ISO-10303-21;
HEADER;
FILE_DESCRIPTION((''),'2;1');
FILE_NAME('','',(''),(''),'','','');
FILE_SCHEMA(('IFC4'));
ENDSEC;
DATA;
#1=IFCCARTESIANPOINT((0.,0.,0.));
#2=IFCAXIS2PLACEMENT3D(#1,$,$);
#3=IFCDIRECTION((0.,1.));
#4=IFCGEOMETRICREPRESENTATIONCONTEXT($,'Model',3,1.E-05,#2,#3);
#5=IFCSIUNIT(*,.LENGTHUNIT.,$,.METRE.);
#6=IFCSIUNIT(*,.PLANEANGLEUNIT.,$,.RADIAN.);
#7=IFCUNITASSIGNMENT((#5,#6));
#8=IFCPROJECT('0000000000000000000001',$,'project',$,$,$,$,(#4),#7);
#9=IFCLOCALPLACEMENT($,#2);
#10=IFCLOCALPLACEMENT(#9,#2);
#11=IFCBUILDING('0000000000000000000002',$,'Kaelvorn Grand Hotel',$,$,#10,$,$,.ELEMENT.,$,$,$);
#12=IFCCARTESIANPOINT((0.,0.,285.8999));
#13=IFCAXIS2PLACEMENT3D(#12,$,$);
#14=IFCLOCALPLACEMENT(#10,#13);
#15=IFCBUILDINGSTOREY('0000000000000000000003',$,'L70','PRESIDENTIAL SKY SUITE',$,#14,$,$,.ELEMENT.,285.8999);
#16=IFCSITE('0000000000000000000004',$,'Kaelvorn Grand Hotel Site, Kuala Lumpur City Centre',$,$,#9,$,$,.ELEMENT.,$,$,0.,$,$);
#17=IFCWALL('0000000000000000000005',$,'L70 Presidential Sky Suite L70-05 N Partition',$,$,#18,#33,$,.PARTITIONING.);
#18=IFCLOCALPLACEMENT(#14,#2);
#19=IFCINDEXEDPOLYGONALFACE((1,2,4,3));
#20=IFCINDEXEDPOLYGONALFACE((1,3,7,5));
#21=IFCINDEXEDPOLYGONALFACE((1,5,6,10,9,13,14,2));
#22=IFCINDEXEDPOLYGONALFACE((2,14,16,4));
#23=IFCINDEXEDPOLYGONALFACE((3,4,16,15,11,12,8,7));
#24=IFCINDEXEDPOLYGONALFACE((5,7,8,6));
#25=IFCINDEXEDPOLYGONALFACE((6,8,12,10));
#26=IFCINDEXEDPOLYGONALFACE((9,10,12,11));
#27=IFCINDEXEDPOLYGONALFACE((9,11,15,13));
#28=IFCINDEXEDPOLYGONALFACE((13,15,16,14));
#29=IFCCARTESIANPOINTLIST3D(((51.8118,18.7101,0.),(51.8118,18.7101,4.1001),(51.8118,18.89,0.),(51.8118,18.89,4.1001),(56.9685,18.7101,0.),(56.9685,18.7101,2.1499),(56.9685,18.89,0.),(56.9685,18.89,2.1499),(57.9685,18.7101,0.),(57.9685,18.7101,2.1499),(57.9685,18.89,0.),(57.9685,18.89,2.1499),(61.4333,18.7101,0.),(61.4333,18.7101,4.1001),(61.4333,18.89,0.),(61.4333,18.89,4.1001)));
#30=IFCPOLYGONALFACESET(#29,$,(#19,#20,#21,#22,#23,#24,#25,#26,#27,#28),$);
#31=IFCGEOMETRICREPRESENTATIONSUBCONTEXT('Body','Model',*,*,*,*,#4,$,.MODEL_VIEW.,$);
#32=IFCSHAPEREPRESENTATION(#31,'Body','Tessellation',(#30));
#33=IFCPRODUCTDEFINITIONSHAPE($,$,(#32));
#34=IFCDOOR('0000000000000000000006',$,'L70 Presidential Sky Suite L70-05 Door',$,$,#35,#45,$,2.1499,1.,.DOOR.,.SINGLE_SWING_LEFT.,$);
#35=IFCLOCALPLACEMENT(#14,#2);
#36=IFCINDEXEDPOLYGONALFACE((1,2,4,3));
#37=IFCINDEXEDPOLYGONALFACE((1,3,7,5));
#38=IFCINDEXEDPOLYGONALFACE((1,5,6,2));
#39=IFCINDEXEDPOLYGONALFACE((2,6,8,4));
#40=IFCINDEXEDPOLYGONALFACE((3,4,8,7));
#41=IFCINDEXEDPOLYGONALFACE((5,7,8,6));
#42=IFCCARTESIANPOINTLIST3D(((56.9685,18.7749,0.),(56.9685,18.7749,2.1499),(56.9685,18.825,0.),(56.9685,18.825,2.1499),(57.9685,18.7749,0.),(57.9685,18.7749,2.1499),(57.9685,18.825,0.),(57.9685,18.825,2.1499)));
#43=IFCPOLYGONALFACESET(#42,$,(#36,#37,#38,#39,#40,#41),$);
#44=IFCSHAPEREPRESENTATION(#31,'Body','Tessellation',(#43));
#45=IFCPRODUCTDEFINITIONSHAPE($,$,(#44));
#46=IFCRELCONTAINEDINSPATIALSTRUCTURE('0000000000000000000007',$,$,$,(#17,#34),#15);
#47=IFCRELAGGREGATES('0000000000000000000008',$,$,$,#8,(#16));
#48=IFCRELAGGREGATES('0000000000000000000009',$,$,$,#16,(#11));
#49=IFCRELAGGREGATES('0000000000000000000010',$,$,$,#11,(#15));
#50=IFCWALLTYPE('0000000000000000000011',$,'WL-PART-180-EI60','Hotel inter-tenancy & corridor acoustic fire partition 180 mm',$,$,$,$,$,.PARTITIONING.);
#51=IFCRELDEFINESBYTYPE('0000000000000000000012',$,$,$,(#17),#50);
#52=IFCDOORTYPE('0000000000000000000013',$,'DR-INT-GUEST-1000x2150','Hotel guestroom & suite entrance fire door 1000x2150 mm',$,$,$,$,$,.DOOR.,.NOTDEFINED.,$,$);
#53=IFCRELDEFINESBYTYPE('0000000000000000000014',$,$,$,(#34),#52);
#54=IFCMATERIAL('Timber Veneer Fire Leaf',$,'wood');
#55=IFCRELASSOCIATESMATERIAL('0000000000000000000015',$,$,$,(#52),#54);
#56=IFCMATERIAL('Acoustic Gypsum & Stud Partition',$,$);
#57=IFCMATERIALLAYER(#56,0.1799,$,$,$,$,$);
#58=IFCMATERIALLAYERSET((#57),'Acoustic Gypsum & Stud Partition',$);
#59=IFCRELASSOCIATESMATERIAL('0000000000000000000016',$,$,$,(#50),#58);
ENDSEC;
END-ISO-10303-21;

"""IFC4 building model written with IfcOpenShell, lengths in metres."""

from ifc_helpers import new_model, si_unit, direction, frame, frame_2d, origin, place, context, subcontext, project, spatial, rectangle, extrude, material, layer, layer_set, type_object, element, fill, save


model = new_model("IFC4")

# Units and contexts
model_context = context("Model", 3, precision=1e-05, world=origin(), true_north=direction((0.0, 1.0)))
body_context = subcontext(model_context, "Body", "Model", "MODEL_VIEW")
ifc_project = project(units=[si_unit("LENGTHUNIT", "METRE"), si_unit("PLANEANGLEUNIT", "RADIAN")], contexts=[model_context])

# Site, building, storey
site_placement = place(None, origin())
site = spatial("IfcSite", under=ifc_project, at=site_placement, Name="Kaelvorn Grand Hotel Site, Kuala Lumpur City Centre", CompositionType="ELEMENT", RefElevation=0.0)
building_placement = place(site_placement, origin())
building = spatial("IfcBuilding", under=site, at=building_placement, Name="Kaelvorn Grand Hotel", CompositionType="ELEMENT")
storey_placement = place(building_placement, frame((0.0, 0.0, 285.8999)))
storey = spatial("IfcBuildingStorey", under=building, at=storey_placement, Name="L70", Description="PRESIDENTIAL SKY SUITE", CompositionType="ELEMENT", Elevation=285.8999)

# Shared definitions
ifc_material_1 = material(Name="Acoustic Gypsum & Stud Partition")

# Shared definitions
ifc_material_2 = material(Name="Timber Veneer Fire Leaf", Category="wood")
door_type_1 = type_object("IfcDoorType", Name="DR-INT-GUEST-1000x2150", Description="Hotel guestroom & suite entrance fire door 1000x2150 mm", OperationType="NOTDEFINED", PredefinedType="DOOR", material=ifc_material_2)

# Wall, opening, door
ifc_layer_1 = layer(ifc_material_1, 0.1799)
ifc_layer_set_1 = layer_set([ifc_layer_1], Name="Acoustic Gypsum & Stud Partition")
wall_type_1 = type_object("IfcWallType", Name="WL-PART-180-EI60", Description="Hotel inter-tenancy & corridor acoustic fire partition 180 mm", PredefinedType="PARTITIONING", material=ifc_layer_set_1)
wall_1_placement = place(storey_placement, frame((51.8118, 18.8, 0.0), z_axis=(0.0, 0.0, 1.0), x_axis=(1.0, 0.0, 0.0)))
wall_1 = element("IfcWall", 1, at=wall_1_placement, inside=storey, type_object=wall_type_1, Name="L70 Presidential Sky Suite L70-05 N Partition", PredefinedType="PARTITIONING", context=body_context, shape_type="SweptSolid", body=[
    extrude(rectangle(XDim=9.6216, YDim=0.1799, at=frame_2d((4.8108, 0.0))), origin(), (0.0, 0.0, 1.0), 4.1001),
])
opening_1_placement = place(wall_1_placement, frame((5.1567, 0.0, 0.0)))
opening_1 = element("IfcOpeningElement", 2, at=opening_1_placement, cuts=wall_1, PredefinedType="OPENING", context=body_context, shape_type="SweptSolid", body=[
    extrude(rectangle(XDim=1.0, YDim=2.1499, at=frame_2d((0.5, 1.075))), frame((0.0, 0.1001, 0.0), z_axis=(0.0, -1.0, 0.0), x_axis=(1.0, 0.0, 0.0)), (0.0, 0.0, 1.0), 0.2),
])
door_1_placement = place(opening_1_placement, origin())
door_1 = element("IfcDoor", 3, at=door_1_placement, inside=storey, type_object=door_type_1, Name="L70 Presidential Sky Suite L70-05 Door", OperationType="SINGLE_SWING_LEFT", OverallHeight=2.1499, OverallWidth=1.0, PredefinedType="DOOR", context=body_context, shape_type="SweptSolid", body=[
    extrude(rectangle(XDim=1.0, YDim=2.1499, at=frame_2d((0.5, 1.075))), frame((0.0, 0.0249, 0.0), z_axis=(0.0, -1.0, 0.0), x_axis=(1.0, 0.0, 0.0)), (0.0, 0.0, 1.0), 0.05),
])
fill(opening_1, door_1)

save(model, "model.ifc")
